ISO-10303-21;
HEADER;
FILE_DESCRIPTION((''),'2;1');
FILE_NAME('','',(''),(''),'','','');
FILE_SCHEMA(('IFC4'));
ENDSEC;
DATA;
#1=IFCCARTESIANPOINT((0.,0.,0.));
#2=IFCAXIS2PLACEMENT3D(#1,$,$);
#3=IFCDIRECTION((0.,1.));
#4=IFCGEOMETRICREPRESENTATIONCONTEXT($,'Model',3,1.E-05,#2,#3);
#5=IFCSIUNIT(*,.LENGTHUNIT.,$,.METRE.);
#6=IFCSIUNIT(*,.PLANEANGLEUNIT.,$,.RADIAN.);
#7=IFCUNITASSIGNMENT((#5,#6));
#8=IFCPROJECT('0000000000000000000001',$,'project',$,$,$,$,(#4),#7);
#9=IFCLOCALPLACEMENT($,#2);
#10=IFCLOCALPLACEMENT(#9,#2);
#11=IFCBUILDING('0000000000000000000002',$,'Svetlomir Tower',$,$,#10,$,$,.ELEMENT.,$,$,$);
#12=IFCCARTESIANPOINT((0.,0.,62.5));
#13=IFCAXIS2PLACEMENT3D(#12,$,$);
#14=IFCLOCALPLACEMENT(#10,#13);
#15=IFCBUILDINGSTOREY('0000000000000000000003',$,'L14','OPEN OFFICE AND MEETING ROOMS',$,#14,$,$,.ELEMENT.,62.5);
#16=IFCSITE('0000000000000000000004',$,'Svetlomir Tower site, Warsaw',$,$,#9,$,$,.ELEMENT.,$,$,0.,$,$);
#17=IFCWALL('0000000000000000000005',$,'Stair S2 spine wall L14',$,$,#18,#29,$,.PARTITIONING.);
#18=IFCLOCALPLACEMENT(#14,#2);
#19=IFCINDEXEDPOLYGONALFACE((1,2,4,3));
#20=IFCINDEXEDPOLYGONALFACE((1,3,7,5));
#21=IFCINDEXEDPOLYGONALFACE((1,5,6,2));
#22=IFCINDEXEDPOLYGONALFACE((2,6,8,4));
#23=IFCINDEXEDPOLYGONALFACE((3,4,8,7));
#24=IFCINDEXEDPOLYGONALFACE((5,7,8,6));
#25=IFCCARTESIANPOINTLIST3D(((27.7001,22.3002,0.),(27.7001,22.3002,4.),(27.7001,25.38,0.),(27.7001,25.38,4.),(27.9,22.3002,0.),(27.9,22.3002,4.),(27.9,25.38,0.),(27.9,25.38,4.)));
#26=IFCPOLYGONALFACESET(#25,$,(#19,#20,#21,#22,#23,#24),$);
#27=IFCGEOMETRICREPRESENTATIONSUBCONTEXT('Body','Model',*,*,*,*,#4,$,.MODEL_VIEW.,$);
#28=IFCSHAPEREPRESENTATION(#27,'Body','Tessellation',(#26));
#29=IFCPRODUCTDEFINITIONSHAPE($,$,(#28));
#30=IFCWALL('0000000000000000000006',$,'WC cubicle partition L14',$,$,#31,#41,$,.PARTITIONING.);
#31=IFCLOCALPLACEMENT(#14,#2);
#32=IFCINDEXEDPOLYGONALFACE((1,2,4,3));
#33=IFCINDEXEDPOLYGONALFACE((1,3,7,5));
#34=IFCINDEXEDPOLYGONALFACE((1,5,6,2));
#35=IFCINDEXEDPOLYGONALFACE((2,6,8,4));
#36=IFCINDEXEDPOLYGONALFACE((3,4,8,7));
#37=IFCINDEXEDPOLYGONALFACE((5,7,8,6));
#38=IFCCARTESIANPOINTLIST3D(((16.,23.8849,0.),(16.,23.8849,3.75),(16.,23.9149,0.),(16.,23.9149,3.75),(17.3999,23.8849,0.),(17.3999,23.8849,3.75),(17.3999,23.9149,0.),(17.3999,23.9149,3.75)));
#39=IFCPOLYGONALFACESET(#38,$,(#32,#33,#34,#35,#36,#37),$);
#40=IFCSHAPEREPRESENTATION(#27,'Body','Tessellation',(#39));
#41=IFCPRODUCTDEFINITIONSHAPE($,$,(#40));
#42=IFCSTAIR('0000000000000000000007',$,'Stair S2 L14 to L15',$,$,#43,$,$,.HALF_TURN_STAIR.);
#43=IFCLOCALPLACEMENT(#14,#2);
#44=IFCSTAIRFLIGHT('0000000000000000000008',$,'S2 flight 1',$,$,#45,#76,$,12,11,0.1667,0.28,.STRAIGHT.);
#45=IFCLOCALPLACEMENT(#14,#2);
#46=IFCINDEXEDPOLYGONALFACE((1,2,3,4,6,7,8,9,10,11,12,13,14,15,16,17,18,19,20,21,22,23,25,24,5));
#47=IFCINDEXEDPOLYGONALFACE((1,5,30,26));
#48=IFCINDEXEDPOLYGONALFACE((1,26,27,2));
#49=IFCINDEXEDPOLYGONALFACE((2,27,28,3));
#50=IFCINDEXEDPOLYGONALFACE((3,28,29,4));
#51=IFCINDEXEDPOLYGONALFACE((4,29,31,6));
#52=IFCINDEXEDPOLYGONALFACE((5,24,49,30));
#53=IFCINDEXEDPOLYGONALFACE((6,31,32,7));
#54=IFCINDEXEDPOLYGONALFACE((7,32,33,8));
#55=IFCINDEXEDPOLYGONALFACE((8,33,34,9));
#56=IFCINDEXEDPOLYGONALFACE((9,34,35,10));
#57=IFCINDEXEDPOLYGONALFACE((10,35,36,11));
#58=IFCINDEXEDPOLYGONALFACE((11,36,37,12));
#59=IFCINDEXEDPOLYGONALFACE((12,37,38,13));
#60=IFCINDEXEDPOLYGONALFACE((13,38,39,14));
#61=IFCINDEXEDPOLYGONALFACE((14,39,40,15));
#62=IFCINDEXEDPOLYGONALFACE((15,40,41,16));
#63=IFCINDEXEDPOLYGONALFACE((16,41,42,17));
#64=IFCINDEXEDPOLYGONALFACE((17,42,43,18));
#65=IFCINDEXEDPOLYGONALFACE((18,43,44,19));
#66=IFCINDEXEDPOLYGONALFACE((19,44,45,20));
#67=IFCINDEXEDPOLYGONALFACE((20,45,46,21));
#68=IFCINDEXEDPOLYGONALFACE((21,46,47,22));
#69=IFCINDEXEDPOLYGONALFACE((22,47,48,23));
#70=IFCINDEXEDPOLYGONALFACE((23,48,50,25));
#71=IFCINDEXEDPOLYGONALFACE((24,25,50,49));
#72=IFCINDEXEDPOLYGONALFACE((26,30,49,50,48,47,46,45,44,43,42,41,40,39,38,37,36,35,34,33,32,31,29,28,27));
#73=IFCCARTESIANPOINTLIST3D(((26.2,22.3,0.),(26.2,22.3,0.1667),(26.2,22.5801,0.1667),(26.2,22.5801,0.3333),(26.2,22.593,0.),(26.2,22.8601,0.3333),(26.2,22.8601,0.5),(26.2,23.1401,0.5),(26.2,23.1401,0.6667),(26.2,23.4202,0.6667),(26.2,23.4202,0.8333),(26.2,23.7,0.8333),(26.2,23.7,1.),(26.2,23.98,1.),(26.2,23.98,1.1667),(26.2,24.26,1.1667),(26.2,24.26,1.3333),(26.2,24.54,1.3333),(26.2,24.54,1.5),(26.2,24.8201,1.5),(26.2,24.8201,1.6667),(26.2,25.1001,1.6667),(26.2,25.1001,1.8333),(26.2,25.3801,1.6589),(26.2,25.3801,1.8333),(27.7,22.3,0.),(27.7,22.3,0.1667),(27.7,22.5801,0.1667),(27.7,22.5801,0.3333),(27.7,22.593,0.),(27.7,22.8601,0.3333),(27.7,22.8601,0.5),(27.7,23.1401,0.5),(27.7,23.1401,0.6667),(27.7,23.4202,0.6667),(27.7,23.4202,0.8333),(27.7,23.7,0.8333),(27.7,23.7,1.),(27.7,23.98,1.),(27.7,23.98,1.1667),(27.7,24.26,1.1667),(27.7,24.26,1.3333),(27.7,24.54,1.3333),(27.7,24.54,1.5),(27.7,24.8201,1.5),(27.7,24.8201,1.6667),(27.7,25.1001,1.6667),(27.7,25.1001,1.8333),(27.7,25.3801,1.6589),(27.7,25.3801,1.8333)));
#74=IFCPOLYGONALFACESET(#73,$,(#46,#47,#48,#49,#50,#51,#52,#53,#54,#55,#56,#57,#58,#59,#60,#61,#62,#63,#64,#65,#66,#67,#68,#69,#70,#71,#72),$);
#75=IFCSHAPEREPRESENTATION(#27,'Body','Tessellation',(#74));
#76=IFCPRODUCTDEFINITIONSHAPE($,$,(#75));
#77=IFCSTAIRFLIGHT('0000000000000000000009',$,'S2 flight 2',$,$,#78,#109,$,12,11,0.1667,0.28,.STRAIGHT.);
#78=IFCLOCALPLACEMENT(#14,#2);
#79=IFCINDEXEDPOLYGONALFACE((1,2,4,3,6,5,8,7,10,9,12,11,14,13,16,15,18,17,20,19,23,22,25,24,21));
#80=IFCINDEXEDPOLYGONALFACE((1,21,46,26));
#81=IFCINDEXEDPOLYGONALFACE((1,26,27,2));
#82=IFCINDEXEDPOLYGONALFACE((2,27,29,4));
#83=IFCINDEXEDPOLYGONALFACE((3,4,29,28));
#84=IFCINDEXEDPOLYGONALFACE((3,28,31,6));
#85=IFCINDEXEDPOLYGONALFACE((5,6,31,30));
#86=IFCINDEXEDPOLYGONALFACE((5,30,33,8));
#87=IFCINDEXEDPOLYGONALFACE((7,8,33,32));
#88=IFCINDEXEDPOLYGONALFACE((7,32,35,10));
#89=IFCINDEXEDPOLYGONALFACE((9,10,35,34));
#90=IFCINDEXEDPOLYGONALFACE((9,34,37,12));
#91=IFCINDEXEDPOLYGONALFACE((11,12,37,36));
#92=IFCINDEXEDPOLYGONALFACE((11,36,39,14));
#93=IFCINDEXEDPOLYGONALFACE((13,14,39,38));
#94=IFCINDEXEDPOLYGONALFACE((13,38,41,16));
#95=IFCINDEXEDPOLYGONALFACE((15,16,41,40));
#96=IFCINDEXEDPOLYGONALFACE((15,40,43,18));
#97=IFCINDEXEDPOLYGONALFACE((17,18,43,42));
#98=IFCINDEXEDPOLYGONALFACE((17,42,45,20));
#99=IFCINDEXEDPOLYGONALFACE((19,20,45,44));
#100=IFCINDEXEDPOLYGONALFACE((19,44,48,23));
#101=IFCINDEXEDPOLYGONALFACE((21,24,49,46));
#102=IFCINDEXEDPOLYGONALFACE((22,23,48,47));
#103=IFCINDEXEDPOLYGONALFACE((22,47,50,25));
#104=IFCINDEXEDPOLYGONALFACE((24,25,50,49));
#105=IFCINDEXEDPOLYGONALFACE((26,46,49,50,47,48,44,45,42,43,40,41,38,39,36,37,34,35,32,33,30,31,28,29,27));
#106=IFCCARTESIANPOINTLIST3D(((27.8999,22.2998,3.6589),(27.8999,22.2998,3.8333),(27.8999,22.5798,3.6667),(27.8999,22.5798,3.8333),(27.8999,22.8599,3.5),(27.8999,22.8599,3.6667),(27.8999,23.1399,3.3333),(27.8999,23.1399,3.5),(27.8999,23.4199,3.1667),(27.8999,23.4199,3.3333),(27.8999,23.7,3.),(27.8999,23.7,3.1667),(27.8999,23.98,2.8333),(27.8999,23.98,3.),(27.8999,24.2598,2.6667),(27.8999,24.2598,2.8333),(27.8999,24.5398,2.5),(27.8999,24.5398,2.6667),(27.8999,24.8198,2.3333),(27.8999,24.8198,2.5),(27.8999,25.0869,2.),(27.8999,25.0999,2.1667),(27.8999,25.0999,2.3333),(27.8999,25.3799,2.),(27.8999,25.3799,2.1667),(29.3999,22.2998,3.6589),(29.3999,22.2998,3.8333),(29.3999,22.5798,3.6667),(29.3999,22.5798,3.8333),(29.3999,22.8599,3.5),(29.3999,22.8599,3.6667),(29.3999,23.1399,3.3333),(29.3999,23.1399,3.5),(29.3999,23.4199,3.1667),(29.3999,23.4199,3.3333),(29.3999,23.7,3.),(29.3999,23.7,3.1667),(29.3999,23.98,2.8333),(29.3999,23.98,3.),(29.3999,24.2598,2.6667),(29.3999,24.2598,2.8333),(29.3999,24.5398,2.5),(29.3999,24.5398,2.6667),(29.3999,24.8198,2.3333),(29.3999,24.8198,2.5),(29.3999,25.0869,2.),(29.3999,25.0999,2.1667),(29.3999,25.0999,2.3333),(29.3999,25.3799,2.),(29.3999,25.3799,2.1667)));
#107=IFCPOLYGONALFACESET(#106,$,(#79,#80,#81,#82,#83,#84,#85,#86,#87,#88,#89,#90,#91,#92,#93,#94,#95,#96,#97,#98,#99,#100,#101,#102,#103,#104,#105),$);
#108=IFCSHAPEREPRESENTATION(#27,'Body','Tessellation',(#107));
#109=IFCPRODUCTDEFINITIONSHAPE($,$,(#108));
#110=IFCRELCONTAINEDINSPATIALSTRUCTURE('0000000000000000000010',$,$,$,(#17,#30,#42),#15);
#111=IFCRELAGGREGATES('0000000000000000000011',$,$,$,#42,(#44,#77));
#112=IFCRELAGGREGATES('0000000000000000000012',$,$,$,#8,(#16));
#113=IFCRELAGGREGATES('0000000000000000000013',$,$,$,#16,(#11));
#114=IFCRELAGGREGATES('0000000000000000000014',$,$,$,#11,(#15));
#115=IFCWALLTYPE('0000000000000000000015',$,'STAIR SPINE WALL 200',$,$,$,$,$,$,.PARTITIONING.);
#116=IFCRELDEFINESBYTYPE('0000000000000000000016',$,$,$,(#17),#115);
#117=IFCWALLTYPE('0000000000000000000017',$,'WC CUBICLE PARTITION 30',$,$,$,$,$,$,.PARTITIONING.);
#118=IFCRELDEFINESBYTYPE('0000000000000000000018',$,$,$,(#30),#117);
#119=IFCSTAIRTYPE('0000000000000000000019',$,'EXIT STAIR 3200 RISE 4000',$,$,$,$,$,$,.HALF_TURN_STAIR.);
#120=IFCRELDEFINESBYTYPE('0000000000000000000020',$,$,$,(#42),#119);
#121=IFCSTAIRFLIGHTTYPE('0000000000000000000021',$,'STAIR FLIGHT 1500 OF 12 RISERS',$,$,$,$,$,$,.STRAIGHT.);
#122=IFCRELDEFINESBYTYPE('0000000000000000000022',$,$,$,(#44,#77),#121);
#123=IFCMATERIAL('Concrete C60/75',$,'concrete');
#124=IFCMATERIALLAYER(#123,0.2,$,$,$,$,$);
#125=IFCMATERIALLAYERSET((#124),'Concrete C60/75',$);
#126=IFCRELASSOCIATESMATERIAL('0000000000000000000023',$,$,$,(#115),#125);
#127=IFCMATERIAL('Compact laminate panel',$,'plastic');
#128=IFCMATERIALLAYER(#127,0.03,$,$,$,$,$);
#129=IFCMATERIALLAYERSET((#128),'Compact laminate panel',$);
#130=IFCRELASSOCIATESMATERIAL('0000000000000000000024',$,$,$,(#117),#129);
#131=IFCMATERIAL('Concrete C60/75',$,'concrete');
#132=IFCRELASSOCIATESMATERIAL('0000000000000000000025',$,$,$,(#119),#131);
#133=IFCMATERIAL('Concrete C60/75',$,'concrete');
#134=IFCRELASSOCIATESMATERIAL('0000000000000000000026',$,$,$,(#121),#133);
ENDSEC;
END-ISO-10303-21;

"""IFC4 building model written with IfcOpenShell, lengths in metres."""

from ifc_helpers import new_model, si_unit, direction, frame, frame_2d, origin, place, context, subcontext, project, spatial, polyline, rectangle, outline, extrude, material, layer, layer_set, type_object, element, aggregate, save


model = new_model("IFC4")

# Units and contexts
model_context = context("Model", 3, precision=1e-05, world=origin(), true_north=direction((0.0, 1.0)))
body_context = subcontext(model_context, "Body", "Model", "MODEL_VIEW")
ifc_project = project(units=[si_unit("LENGTHUNIT", "METRE"), si_unit("PLANEANGLEUNIT", "RADIAN")], contexts=[model_context])

# Site, building, storey
site_placement = place(None, origin())
site = spatial("IfcSite", under=ifc_project, at=site_placement, Name="Svetlomir Tower site, Warsaw", CompositionType="ELEMENT", RefElevation=0.0)
building_placement = place(site_placement, origin())
building = spatial("IfcBuilding", under=site, at=building_placement, Name="Svetlomir Tower", CompositionType="ELEMENT")
storey_placement = place(building_placement, frame((0.0, 0.0, 62.5)))
storey = spatial("IfcBuildingStorey", under=building, at=storey_placement, Name="L14", Description="OPEN OFFICE AND MEETING ROOMS", CompositionType="ELEMENT", Elevation=62.5)

# Walls
ifc_material_1 = material(Name="Concrete C60/75", Category="concrete")
ifc_layer_1 = layer(ifc_material_1, 0.2)
ifc_layer_set_1 = layer_set([ifc_layer_1], Name="Concrete C60/75")
wall_type_1 = type_object("IfcWallType", Name="STAIR SPINE WALL 200", PredefinedType="PARTITIONING", material=ifc_layer_set_1)
wall_1_placement = place(storey_placement, frame((27.8, 22.3, 0.0), z_axis=(0.0, 0.0, 1.0), x_axis=(0.0, 1.0, 0.0)))
element("IfcWall", 1, at=wall_1_placement, inside=storey, type_object=wall_type_1, Name="Stair S2 spine wall L14", PredefinedType="PARTITIONING", context=body_context, shape_type="SweptSolid", body=[
    extrude(rectangle(XDim=3.0798, YDim=0.2, at=frame_2d((1.54, 0.0))), origin(), (0.0, 0.0, 1.0), 4.0),
])
ifc_material_2 = material(Name="Compact laminate panel", Category="plastic")
ifc_layer_2 = layer(ifc_material_2, 0.03)
ifc_layer_set_2 = layer_set([ifc_layer_2], Name="Compact laminate panel")
wall_type_2 = type_object("IfcWallType", Name="WC CUBICLE PARTITION 30", PredefinedType="PARTITIONING", material=ifc_layer_set_2)
wall_2_placement = place(storey_placement, frame((16.0, 23.8999, 0.0), z_axis=(0.0, 0.0, 1.0), x_axis=(1.0, 0.0, 0.0)))
element("IfcWall", 2, at=wall_2_placement, inside=storey, type_object=wall_type_2, Name="WC cubicle partition L14", PredefinedType="PARTITIONING", context=body_context, shape_type="SweptSolid", body=[
    extrude(rectangle(XDim=1.3999, YDim=0.03, at=frame_2d((0.7, 0.0))), origin(), (0.0, 0.0, 1.0), 3.75),
])

# Stair, stair flights
ifc_material_3 = material(Name="Concrete C60/75", Category="concrete")
stair_type = type_object("IfcStairType", Name="EXIT STAIR 3200 RISE 4000", PredefinedType="HALF_TURN_STAIR", material=ifc_material_3)
stair_placement = place(storey_placement, origin())
stair = element("IfcStair", 3, at=stair_placement, inside=storey, type_object=stair_type, Name="Stair S2 L14 to L15", PredefinedType="HALF_TURN_STAIR")
ifc_material_4 = material(Name="Concrete C60/75", Category="concrete")
stair_flight_type = type_object("IfcStairFlightType", Name="STAIR FLIGHT 1500 OF 12 RISERS", PredefinedType="STRAIGHT", material=ifc_material_4)
stair_flight_1_placement = place(storey_placement, frame((26.95, 22.3, 0.0), z_axis=(0.0, 0.0, 1.0), x_axis=(0.0, 1.0, 0.0)))
stair_flight_1 = element("IfcStairFlight", 4, at=stair_flight_1_placement, type_object=stair_flight_type, Name="S2 flight 1", NumberOfRisers=12, NumberOfTreads=11, PredefinedType="STRAIGHT", RiserHeight=0.1667, TreadLength=0.28, context=body_context, shape_type="SweptSolid", body=[
    extrude(outline(polyline([(0.0, 0.0), (0.0, 0.1667), (0.28, 0.1667), (0.28, 0.3333), (0.5601, 0.3333), (0.5601, 0.5), (0.8401, 0.5), (0.8401, 0.6667), (1.1201, 0.6667), (1.1201, 0.8333), (1.3999, 0.8333), (1.3999, 1.0), (1.6799, 1.0), (1.6799, 1.1667), (1.96, 1.1667), (1.96, 1.3333), (2.24, 1.3333), (2.24, 1.5), (2.52, 1.5), (2.52, 1.6667), (2.8, 1.6667), (2.8, 1.8333), (3.0801, 1.8333), (3.0801, 2.0), (3.0801, 1.6589), (0.293, 0.0), (0.0, 0.0)])), frame((0.0, 0.75, 0.0), z_axis=(0.0, -1.0, 0.0), x_axis=(1.0, 0.0, 0.0)), (0.0, 0.0, 1.0), 1.5),
])
stair_flight_2_placement = place(storey_placement, frame((28.6499, 25.3799, 2.0), z_axis=(0.0, 0.0, 1.0), x_axis=(0.0, -1.0, 0.0)))
stair_flight_2 = element("IfcStairFlight", 5, at=stair_flight_2_placement, type_object=stair_flight_type, Name="S2 flight 2", NumberOfRisers=12, NumberOfTreads=11, PredefinedType="STRAIGHT", RiserHeight=0.1667, TreadLength=0.28, context=body_context, shape_type="SweptSolid", body=[
    extrude(outline(polyline([(0.0, 0.0), (0.0, 0.1667), (0.28, 0.1667), (0.28, 0.3333), (0.5601, 0.3333), (0.5601, 0.5), (0.8401, 0.5), (0.8401, 0.6667), (1.1201, 0.6667), (1.1201, 0.8333), (1.3999, 0.8333), (1.3999, 1.0), (1.6799, 1.0), (1.6799, 1.1667), (1.96, 1.1667), (1.96, 1.3333), (2.24, 1.3333), (2.24, 1.5), (2.52, 1.5), (2.52, 1.6667), (2.8, 1.6667), (2.8, 1.8333), (3.0801, 1.8333), (3.0801, 2.0), (3.0801, 1.6589), (0.293, 0.0), (0.0, 0.0)])), frame((0.0, 0.75, 0.0), z_axis=(0.0, -1.0, 0.0), x_axis=(1.0, 0.0, 0.0)), (0.0, 0.0, 1.0), 1.5),
])
aggregate(stair, [stair_flight_1, stair_flight_2])

save(model, "model.ifc")
